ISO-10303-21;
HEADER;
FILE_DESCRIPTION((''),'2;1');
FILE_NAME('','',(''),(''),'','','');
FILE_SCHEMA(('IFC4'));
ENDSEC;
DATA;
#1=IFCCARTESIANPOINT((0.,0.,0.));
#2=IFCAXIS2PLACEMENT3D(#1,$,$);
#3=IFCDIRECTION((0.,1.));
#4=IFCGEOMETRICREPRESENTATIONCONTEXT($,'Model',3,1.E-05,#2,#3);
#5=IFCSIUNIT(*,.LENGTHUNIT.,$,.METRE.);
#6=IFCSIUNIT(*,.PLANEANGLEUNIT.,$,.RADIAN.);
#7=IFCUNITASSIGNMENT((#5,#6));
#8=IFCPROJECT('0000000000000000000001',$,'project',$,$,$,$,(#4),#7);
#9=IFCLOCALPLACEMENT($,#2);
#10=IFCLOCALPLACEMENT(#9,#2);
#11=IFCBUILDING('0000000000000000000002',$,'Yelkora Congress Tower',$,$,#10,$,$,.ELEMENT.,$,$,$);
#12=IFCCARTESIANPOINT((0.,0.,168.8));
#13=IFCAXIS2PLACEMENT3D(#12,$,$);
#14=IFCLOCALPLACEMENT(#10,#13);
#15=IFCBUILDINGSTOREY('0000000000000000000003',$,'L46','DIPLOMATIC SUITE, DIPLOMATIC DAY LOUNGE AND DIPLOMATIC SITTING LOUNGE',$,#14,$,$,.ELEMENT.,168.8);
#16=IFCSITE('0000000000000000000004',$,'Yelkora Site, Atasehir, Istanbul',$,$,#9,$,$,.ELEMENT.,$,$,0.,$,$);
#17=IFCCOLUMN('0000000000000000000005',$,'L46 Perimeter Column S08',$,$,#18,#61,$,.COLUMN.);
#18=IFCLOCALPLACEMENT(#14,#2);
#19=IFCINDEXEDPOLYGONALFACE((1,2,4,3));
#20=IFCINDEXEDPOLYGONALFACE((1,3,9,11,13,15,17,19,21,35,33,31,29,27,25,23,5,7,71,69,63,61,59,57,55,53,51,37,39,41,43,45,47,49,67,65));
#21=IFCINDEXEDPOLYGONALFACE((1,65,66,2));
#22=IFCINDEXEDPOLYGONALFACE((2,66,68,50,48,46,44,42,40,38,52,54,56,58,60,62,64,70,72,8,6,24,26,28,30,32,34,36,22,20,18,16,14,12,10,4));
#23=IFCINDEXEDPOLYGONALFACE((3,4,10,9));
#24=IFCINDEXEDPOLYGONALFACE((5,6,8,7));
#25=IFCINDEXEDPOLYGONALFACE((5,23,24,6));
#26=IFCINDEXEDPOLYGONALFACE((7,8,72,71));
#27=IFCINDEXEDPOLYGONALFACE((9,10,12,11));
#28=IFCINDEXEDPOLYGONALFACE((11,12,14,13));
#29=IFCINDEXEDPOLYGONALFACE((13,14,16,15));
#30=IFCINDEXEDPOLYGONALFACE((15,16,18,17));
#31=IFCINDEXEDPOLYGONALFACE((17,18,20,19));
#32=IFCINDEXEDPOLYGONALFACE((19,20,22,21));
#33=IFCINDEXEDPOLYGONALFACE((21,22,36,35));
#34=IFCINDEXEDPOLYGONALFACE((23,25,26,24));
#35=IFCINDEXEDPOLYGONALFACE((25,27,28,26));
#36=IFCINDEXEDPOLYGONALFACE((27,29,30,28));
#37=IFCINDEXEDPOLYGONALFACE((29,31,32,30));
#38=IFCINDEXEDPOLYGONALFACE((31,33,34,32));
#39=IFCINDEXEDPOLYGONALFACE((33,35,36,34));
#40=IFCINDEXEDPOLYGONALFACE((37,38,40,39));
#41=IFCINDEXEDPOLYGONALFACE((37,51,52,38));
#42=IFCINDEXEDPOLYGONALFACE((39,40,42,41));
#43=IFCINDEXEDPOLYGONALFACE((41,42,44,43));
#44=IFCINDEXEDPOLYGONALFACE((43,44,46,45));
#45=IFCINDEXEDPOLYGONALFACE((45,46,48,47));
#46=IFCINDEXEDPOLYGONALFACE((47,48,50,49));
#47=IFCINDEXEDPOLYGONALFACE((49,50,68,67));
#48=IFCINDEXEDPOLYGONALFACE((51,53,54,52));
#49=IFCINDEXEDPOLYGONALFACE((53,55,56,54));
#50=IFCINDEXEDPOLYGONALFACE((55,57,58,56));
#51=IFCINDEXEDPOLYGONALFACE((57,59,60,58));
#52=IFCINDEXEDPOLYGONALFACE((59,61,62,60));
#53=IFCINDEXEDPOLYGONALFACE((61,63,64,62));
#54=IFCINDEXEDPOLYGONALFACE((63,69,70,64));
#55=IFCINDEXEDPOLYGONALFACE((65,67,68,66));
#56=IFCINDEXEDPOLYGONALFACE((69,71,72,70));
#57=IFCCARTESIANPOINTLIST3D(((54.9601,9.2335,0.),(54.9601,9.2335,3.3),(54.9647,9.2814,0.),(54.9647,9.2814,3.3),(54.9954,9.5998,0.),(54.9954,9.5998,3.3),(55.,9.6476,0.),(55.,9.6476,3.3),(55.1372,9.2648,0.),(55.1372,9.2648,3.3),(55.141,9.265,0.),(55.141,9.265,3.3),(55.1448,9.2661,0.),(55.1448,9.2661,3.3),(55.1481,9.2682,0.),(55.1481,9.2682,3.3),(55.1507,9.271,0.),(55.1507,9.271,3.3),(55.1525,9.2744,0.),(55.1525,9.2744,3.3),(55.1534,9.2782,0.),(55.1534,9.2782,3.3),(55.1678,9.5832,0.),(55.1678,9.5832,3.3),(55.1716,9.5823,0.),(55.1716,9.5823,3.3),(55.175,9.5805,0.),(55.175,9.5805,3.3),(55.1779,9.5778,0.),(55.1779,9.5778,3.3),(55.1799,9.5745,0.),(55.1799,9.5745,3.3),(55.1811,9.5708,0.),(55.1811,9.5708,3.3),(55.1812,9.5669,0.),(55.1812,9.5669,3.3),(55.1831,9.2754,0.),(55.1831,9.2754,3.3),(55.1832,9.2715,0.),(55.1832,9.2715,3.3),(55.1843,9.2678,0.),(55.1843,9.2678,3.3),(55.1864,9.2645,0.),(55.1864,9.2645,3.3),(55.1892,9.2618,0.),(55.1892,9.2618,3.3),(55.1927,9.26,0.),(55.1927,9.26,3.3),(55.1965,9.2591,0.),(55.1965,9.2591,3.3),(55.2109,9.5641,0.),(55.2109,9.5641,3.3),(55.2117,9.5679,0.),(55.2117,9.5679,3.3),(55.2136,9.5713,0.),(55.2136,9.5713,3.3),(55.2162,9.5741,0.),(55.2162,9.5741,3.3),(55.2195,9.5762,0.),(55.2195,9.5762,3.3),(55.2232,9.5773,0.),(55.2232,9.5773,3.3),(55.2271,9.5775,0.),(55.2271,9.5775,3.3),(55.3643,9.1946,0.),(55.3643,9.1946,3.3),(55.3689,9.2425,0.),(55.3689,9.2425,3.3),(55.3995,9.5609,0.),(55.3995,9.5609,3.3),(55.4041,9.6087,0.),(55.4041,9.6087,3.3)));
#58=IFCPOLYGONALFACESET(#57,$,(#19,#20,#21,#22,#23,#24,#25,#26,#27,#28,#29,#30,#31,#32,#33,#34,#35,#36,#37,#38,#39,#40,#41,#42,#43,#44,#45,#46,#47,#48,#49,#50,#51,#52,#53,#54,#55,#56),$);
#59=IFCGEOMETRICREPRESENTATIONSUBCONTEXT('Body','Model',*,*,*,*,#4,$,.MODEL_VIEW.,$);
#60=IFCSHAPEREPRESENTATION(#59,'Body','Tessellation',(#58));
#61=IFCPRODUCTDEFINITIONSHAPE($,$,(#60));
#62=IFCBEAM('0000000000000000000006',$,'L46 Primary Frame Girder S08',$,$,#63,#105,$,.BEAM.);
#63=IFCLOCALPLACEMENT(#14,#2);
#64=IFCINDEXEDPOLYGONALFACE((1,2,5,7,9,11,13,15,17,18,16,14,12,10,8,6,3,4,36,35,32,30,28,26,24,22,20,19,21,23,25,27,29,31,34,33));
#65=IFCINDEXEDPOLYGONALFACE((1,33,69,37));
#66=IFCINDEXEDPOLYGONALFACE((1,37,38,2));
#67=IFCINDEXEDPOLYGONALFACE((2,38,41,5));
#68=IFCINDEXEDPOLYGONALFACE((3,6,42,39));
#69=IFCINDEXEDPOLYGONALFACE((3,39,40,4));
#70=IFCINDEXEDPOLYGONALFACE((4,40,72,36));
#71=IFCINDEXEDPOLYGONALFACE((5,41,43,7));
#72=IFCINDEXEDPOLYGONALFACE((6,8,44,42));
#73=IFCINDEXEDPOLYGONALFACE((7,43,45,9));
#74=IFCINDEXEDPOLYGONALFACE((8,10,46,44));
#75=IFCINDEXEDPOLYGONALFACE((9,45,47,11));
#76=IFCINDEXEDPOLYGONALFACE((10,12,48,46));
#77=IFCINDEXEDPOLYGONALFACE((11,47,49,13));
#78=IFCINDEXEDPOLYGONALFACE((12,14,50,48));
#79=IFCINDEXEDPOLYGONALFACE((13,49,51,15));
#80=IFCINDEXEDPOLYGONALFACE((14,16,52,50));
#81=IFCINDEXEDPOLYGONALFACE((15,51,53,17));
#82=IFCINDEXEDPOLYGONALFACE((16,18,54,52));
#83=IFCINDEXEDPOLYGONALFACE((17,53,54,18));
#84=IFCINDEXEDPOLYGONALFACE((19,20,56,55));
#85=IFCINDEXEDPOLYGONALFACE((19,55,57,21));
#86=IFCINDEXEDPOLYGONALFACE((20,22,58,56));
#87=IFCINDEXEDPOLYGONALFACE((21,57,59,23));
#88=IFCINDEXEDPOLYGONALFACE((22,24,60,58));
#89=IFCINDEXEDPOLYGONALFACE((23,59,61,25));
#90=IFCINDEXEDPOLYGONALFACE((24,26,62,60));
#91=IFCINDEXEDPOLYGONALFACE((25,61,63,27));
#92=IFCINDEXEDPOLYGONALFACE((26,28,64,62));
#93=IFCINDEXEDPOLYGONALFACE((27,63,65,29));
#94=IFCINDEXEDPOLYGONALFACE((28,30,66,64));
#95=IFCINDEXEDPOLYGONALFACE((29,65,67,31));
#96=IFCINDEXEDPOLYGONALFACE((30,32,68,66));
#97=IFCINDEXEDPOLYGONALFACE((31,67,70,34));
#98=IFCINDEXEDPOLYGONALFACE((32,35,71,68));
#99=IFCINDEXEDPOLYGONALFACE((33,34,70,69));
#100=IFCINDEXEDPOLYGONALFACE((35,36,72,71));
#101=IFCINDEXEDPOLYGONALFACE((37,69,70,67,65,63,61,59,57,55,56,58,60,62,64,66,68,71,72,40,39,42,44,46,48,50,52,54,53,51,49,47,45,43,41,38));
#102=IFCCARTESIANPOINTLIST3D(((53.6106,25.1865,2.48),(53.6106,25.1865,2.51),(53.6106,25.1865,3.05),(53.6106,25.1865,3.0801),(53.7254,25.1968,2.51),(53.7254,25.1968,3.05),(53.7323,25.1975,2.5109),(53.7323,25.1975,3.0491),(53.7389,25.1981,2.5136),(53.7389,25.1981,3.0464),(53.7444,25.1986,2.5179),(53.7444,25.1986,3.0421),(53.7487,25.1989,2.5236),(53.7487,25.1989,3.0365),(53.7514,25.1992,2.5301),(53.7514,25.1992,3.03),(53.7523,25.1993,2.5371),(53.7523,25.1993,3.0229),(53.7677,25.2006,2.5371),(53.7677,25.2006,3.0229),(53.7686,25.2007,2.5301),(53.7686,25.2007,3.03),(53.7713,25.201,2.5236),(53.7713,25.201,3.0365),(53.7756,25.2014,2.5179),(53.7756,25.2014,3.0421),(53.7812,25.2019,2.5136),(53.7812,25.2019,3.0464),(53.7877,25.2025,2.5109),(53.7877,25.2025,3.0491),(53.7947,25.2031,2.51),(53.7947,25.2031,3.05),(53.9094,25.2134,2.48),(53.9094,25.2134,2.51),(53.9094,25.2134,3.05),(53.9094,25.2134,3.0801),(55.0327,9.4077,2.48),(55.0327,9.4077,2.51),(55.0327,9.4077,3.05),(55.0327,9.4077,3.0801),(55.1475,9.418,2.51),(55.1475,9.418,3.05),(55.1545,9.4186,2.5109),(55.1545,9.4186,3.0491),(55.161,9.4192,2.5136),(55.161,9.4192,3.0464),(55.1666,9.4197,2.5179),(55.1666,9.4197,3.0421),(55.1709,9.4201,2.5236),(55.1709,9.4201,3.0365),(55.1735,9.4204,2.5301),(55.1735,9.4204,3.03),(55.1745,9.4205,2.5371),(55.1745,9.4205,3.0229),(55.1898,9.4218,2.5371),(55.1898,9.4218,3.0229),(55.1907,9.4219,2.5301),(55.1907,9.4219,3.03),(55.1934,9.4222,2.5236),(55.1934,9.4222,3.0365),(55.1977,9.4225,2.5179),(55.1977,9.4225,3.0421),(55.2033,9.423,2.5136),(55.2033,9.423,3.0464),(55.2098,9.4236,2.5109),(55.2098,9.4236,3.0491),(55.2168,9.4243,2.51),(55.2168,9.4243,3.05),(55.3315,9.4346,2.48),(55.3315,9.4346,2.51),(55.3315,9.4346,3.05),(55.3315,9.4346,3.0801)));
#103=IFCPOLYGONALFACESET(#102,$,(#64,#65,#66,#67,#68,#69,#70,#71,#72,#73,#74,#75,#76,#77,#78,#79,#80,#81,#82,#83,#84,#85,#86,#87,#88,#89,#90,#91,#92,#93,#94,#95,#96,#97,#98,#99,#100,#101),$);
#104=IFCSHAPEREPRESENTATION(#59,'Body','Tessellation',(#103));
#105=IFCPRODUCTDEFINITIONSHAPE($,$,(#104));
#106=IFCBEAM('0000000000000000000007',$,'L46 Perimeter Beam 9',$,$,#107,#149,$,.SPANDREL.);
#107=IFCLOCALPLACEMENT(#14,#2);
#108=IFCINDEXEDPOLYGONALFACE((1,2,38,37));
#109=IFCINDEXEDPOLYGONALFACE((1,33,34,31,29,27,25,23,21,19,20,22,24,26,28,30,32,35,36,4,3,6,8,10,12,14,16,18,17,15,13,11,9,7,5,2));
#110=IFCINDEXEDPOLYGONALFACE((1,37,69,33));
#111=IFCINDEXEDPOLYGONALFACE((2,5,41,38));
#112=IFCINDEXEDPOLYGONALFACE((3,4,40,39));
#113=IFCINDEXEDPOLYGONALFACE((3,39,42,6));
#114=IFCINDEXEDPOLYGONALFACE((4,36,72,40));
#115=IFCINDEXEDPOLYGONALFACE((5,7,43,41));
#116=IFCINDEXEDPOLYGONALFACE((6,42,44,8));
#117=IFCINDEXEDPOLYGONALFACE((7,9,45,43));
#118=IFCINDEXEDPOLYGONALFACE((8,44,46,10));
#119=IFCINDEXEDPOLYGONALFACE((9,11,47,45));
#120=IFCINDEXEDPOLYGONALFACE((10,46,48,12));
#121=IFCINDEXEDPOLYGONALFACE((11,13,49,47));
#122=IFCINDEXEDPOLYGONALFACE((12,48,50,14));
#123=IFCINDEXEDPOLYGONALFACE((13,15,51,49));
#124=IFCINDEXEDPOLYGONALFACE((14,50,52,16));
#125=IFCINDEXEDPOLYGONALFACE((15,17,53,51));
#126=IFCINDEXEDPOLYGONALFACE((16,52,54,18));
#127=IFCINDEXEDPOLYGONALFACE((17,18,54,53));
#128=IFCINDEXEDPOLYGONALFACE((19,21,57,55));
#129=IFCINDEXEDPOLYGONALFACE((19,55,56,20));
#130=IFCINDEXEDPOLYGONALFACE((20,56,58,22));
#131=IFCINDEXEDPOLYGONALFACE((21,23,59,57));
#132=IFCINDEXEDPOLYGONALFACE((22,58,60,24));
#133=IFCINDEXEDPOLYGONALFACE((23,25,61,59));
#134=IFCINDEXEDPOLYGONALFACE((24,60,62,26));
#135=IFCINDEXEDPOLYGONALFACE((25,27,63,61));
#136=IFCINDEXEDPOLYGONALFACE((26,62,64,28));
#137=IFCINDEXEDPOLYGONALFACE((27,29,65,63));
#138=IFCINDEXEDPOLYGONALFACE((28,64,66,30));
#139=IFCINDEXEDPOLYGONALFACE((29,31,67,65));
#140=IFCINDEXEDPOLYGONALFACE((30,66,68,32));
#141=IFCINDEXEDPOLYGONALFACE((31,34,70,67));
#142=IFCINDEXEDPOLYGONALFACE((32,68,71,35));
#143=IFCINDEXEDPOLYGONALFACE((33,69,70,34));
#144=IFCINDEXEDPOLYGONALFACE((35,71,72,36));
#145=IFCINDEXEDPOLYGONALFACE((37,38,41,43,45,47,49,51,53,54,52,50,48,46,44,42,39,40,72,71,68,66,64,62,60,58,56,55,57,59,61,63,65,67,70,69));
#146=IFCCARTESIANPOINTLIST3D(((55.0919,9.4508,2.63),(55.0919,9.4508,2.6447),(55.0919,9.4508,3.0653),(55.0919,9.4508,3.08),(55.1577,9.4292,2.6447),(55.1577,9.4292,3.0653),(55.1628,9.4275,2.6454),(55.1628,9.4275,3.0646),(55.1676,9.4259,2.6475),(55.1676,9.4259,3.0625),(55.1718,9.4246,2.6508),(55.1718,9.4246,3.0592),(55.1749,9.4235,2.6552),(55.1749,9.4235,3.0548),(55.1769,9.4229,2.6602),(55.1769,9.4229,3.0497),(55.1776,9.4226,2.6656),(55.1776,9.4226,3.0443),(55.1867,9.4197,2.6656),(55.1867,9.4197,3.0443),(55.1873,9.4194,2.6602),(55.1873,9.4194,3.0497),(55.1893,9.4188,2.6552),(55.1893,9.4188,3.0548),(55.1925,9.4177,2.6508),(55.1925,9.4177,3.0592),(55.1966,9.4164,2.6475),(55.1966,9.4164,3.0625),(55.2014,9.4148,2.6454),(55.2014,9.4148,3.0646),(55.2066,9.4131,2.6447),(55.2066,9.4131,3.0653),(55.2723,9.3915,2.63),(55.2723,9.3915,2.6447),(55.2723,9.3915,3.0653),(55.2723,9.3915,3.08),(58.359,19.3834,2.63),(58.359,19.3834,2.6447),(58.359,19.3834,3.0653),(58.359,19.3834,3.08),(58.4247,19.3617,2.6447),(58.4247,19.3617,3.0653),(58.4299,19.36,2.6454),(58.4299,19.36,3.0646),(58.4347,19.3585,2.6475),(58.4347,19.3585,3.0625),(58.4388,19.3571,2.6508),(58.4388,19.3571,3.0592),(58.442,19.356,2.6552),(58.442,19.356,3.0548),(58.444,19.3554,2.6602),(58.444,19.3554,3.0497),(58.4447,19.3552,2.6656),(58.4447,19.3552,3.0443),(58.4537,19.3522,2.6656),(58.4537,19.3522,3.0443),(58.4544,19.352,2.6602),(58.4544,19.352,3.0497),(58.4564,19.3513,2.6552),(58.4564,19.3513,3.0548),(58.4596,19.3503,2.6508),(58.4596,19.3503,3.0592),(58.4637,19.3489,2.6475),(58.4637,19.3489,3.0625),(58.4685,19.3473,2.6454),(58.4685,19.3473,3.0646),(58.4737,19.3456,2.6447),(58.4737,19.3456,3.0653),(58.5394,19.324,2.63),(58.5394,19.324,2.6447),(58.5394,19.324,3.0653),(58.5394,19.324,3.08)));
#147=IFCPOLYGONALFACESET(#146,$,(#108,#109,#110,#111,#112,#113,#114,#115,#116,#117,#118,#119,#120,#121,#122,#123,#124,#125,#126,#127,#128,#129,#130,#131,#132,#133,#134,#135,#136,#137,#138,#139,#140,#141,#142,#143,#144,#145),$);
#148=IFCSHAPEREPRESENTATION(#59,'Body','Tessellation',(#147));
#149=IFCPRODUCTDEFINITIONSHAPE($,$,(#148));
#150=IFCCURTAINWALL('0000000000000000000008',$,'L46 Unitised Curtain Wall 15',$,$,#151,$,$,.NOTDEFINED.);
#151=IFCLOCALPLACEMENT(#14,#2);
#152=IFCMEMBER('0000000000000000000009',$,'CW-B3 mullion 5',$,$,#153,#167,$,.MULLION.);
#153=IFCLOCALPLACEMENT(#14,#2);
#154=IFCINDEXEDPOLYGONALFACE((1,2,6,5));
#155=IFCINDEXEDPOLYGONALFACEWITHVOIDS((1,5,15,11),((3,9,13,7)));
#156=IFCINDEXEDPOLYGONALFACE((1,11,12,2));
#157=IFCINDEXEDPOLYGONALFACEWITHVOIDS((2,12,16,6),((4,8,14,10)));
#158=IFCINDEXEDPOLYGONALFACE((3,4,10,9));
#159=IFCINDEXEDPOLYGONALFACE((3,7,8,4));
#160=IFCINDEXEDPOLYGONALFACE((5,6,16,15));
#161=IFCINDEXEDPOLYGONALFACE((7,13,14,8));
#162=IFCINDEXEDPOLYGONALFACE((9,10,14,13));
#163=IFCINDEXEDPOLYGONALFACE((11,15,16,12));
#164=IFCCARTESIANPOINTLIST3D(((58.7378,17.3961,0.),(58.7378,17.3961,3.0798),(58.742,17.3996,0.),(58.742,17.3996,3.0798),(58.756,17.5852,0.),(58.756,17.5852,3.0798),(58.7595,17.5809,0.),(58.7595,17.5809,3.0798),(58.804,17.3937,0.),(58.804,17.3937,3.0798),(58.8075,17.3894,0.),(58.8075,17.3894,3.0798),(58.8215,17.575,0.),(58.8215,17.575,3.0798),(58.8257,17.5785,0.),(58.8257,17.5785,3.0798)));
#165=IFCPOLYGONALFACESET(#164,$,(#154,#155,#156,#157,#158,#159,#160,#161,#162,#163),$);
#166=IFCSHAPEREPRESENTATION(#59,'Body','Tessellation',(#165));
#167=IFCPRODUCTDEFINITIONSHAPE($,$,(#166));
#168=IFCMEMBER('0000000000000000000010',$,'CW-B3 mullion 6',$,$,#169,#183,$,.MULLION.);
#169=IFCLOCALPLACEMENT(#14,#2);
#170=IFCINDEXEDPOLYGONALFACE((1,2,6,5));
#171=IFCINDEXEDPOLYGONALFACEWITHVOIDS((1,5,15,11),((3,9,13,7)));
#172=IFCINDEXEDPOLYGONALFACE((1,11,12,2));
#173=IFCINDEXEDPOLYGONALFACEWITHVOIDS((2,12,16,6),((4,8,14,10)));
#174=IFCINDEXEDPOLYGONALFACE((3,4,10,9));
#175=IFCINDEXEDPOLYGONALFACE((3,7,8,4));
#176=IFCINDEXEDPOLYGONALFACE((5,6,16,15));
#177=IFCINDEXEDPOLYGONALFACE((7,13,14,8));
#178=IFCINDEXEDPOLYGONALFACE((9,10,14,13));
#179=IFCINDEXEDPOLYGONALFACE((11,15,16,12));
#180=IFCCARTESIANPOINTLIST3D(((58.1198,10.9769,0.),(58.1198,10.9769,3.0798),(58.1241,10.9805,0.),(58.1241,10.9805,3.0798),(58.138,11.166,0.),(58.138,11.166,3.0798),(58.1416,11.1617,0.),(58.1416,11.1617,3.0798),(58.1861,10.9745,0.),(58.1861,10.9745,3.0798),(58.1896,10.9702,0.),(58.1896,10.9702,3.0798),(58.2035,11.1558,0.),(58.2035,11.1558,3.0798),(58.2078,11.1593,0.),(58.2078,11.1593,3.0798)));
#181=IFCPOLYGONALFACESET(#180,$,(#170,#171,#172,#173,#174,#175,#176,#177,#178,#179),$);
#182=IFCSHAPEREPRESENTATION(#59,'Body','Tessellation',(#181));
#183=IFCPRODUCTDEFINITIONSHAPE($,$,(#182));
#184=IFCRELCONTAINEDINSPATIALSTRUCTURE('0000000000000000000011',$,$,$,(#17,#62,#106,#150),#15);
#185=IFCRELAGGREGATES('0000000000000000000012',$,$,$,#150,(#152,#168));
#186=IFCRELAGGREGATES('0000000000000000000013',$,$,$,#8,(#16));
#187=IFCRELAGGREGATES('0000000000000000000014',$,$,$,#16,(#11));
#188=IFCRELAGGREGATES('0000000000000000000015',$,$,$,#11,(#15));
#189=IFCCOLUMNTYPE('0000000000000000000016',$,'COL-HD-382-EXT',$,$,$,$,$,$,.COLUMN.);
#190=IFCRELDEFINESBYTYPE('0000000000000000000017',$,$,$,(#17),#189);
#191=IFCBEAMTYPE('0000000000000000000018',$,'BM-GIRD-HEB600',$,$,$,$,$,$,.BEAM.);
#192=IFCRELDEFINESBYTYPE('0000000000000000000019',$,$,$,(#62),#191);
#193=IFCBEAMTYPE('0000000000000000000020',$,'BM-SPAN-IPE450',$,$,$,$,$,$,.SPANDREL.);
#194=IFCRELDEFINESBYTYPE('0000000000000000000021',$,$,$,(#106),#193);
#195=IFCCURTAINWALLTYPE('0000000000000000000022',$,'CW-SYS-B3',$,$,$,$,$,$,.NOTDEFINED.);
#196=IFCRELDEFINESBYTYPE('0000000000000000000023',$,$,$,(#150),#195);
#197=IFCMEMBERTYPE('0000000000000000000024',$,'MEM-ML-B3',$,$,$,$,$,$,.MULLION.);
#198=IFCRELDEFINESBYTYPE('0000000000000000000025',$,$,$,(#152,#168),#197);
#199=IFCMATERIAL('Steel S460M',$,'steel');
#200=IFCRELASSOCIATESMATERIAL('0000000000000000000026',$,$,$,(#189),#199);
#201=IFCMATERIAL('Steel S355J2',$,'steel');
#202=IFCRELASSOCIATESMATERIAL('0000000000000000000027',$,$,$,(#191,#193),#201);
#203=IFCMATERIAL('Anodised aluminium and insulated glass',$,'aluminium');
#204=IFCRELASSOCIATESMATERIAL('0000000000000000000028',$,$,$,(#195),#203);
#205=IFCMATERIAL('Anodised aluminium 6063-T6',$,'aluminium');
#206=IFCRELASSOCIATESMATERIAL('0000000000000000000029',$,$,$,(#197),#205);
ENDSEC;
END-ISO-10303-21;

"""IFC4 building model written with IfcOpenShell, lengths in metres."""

from ifc_helpers import new_model, si_unit, direction, frame, origin, origin_2d, place, context, subcontext, project, spatial, hollow_rectangle, i_section, extrude, material, material_profile, profile_set, type_object, element, aggregate, save


model = new_model("IFC4")

# Units and contexts
model_context = context("Model", 3, precision=1e-05, world=origin(), true_north=direction((0.0, 1.0)))
body_context = subcontext(model_context, "Body", "Model", "MODEL_VIEW")
ifc_project = project(units=[si_unit("LENGTHUNIT", "METRE"), si_unit("PLANEANGLEUNIT", "RADIAN")], contexts=[model_context])

# Site, building, storey
site_placement = place(None, origin())
site = spatial("IfcSite", under=ifc_project, at=site_placement, Name="Yelkora Site, Atasehir, Istanbul", CompositionType="ELEMENT", RefElevation=0.0)
building_placement = place(site_placement, origin())
building = spatial("IfcBuilding", under=site, at=building_placement, Name="Yelkora Congress Tower", CompositionType="ELEMENT")
storey_placement = place(building_placement, frame((0.0, 0.0, 168.8)))
storey = spatial("IfcBuildingStorey", under=building, at=storey_placement, Name="L46", Description="DIPLOMATIC SUITE, DIPLOMATIC DAY LOUNGE AND DIPLOMATIC SITTING LOUNGE", CompositionType="ELEMENT", Elevation=168.8)

# Column
ifc_material_1 = material(Name="Steel S460M", Category="steel")
ifc_material_profile_1 = material_profile(ifc_material_1, i_section(OverallWidth=0.406, OverallDepth=0.416, WebThickness=0.0298, FlangeThickness=0.0481, FilletRadius=0.0149, at=origin_2d()), Name="HD 400x382")
ifc_profile_set_1 = profile_set([ifc_material_profile_1], Name="Steel S460M")
column_type = type_object("IfcColumnType", Name="COL-HD-382-EXT", PredefinedType="COLUMN", material=ifc_profile_set_1)
column_placement = place(storey_placement, frame((55.1821, 9.4211, 0.0), z_axis=(0.0, 0.0, 1.0), x_axis=(0.995396, -0.095846, 0.0)))
element("IfcColumn", 1, at=column_placement, inside=storey, type_object=column_type, Name="L46 Perimeter Column S08", PredefinedType="COLUMN", context=body_context, shape_type="SweptSolid", body=[
    extrude(i_section(OverallWidth=0.406, OverallDepth=0.416, WebThickness=0.0298, FlangeThickness=0.0481, FilletRadius=0.0149, at=origin_2d()), origin(), (0.0, 0.0, 1.0), 3.3),
])

# Beams
ifc_material_2 = material(Name="Steel S355J2", Category="steel")
ifc_material_profile_2 = material_profile(ifc_material_2, i_section(OverallWidth=0.3, OverallDepth=0.6001, WebThickness=0.0154, FlangeThickness=0.03, FilletRadius=0.0271, at=origin_2d()), Name="HEB 600")
ifc_profile_set_2 = profile_set([ifc_material_profile_2], Name="Steel S355J2")
beam_type_1 = type_object("IfcBeamType", Name="BM-GIRD-HEB600", PredefinedType="BEAM", material=ifc_profile_set_2)
beam_1_placement = place(storey_placement, frame((55.1821, 9.4211, 2.78), z_axis=(-0.089765, 0.995963, 0.0), x_axis=(-0.995963, -0.089765, 0.0)))
element("IfcBeam", 2, at=beam_1_placement, inside=storey, type_object=beam_type_1, Name="L46 Primary Frame Girder S08", PredefinedType="BEAM", context=body_context, shape_type="SweptSolid", body=[
    extrude(i_section(OverallWidth=0.3, OverallDepth=0.6001, WebThickness=0.0154, FlangeThickness=0.03, FilletRadius=0.0271, at=origin_2d()), origin(), (0.0, 0.0, 1.0), 15.8428),
])
ifc_material_profile_3 = material_profile(ifc_material_2, i_section(OverallWidth=0.1899, OverallDepth=0.45, WebThickness=0.0095, FlangeThickness=0.0146, FilletRadius=0.021, at=origin_2d()), Name="IPE 450")
ifc_profile_set_3 = profile_set([ifc_material_profile_3], Name="Steel S355J2")
beam_type_2 = type_object("IfcBeamType", Name="BM-SPAN-IPE450", PredefinedType="SPANDREL", material=ifc_profile_set_3)
beam_2_placement = place(storey_placement, frame((55.1821, 9.4211, 2.855), z_axis=(0.312457, 0.949932, 0.0), x_axis=(-0.949932, 0.312457, 0.0)))
element("IfcBeam", 3, at=beam_2_placement, inside=storey, type_object=beam_type_2, Name="L46 Perimeter Beam 9", PredefinedType="SPANDREL", context=body_context, shape_type="SweptSolid", body=[
    extrude(i_section(OverallWidth=0.1899, OverallDepth=0.45, WebThickness=0.0095, FlangeThickness=0.0146, FilletRadius=0.021, at=origin_2d()), origin(), (0.0, 0.0, 1.0), 10.4561),
])

# Curtain wall, members
ifc_material_3 = material(Name="Anodised aluminium and insulated glass", Category="aluminium")
curtain_wall_type = type_object("IfcCurtainWallType", Name="CW-SYS-B3", PredefinedType="NOTDEFINED", material=ifc_material_3)
curtain_wall_1_placement = place(storey_placement, origin())
curtain_wall_1 = element("IfcCurtainWall", 4, at=curtain_wall_1_placement, inside=storey, type_object=curtain_wall_type, Name="L46 Unitised Curtain Wall 15", PredefinedType="NOTDEFINED")
ifc_material_4 = material(Name="Anodised aluminium 6063-T6", Category="aluminium")
ifc_material_profile_4 = material_profile(ifc_material_4, hollow_rectangle(XDim=0.0701, YDim=0.1899, WallThickness=0.0039, at=origin_2d()), Name="ALU 70x190x4")
ifc_profile_set_4 = profile_set([ifc_material_profile_4], Name="Anodised aluminium 6063-T6")
member_type_1 = type_object("IfcMemberType", Name="MEM-ML-B3", PredefinedType="MULLION", material=ifc_profile_set_4)
member_1_placement = place(storey_placement, frame((58.7817, 17.4873, 0.0), z_axis=(0.0, 0.0, 1.0), x_axis=(0.995397, -0.095842, 0.0)))
member_1 = element("IfcMember", 5, at=member_1_placement, type_object=member_type_1, Name="CW-B3 mullion 5", PredefinedType="MULLION", context=body_context, shape_type="SweptSolid", body=[
    extrude(hollow_rectangle(XDim=0.0701, YDim=0.1899, WallThickness=0.0039, at=origin_2d()), origin(), (0.0, 0.0, 1.0), 3.0798),
])
member_2_placement = place(storey_placement, frame((58.1638, 11.0681, 0.0), z_axis=(0.0, 0.0, 1.0), x_axis=(0.995397, -0.095842, 0.0)))
member_2 = element("IfcMember", 6, at=member_2_placement, type_object=member_type_1, Name="CW-B3 mullion 6", PredefinedType="MULLION", context=body_context, shape_type="SweptSolid", body=[
    extrude(hollow_rectangle(XDim=0.0701, YDim=0.1899, WallThickness=0.0039, at=origin_2d()), origin(), (0.0, 0.0, 1.0), 3.0798),
])

aggregate(curtain_wall_1, [member_1, member_2])

save(model, "model.ifc")
